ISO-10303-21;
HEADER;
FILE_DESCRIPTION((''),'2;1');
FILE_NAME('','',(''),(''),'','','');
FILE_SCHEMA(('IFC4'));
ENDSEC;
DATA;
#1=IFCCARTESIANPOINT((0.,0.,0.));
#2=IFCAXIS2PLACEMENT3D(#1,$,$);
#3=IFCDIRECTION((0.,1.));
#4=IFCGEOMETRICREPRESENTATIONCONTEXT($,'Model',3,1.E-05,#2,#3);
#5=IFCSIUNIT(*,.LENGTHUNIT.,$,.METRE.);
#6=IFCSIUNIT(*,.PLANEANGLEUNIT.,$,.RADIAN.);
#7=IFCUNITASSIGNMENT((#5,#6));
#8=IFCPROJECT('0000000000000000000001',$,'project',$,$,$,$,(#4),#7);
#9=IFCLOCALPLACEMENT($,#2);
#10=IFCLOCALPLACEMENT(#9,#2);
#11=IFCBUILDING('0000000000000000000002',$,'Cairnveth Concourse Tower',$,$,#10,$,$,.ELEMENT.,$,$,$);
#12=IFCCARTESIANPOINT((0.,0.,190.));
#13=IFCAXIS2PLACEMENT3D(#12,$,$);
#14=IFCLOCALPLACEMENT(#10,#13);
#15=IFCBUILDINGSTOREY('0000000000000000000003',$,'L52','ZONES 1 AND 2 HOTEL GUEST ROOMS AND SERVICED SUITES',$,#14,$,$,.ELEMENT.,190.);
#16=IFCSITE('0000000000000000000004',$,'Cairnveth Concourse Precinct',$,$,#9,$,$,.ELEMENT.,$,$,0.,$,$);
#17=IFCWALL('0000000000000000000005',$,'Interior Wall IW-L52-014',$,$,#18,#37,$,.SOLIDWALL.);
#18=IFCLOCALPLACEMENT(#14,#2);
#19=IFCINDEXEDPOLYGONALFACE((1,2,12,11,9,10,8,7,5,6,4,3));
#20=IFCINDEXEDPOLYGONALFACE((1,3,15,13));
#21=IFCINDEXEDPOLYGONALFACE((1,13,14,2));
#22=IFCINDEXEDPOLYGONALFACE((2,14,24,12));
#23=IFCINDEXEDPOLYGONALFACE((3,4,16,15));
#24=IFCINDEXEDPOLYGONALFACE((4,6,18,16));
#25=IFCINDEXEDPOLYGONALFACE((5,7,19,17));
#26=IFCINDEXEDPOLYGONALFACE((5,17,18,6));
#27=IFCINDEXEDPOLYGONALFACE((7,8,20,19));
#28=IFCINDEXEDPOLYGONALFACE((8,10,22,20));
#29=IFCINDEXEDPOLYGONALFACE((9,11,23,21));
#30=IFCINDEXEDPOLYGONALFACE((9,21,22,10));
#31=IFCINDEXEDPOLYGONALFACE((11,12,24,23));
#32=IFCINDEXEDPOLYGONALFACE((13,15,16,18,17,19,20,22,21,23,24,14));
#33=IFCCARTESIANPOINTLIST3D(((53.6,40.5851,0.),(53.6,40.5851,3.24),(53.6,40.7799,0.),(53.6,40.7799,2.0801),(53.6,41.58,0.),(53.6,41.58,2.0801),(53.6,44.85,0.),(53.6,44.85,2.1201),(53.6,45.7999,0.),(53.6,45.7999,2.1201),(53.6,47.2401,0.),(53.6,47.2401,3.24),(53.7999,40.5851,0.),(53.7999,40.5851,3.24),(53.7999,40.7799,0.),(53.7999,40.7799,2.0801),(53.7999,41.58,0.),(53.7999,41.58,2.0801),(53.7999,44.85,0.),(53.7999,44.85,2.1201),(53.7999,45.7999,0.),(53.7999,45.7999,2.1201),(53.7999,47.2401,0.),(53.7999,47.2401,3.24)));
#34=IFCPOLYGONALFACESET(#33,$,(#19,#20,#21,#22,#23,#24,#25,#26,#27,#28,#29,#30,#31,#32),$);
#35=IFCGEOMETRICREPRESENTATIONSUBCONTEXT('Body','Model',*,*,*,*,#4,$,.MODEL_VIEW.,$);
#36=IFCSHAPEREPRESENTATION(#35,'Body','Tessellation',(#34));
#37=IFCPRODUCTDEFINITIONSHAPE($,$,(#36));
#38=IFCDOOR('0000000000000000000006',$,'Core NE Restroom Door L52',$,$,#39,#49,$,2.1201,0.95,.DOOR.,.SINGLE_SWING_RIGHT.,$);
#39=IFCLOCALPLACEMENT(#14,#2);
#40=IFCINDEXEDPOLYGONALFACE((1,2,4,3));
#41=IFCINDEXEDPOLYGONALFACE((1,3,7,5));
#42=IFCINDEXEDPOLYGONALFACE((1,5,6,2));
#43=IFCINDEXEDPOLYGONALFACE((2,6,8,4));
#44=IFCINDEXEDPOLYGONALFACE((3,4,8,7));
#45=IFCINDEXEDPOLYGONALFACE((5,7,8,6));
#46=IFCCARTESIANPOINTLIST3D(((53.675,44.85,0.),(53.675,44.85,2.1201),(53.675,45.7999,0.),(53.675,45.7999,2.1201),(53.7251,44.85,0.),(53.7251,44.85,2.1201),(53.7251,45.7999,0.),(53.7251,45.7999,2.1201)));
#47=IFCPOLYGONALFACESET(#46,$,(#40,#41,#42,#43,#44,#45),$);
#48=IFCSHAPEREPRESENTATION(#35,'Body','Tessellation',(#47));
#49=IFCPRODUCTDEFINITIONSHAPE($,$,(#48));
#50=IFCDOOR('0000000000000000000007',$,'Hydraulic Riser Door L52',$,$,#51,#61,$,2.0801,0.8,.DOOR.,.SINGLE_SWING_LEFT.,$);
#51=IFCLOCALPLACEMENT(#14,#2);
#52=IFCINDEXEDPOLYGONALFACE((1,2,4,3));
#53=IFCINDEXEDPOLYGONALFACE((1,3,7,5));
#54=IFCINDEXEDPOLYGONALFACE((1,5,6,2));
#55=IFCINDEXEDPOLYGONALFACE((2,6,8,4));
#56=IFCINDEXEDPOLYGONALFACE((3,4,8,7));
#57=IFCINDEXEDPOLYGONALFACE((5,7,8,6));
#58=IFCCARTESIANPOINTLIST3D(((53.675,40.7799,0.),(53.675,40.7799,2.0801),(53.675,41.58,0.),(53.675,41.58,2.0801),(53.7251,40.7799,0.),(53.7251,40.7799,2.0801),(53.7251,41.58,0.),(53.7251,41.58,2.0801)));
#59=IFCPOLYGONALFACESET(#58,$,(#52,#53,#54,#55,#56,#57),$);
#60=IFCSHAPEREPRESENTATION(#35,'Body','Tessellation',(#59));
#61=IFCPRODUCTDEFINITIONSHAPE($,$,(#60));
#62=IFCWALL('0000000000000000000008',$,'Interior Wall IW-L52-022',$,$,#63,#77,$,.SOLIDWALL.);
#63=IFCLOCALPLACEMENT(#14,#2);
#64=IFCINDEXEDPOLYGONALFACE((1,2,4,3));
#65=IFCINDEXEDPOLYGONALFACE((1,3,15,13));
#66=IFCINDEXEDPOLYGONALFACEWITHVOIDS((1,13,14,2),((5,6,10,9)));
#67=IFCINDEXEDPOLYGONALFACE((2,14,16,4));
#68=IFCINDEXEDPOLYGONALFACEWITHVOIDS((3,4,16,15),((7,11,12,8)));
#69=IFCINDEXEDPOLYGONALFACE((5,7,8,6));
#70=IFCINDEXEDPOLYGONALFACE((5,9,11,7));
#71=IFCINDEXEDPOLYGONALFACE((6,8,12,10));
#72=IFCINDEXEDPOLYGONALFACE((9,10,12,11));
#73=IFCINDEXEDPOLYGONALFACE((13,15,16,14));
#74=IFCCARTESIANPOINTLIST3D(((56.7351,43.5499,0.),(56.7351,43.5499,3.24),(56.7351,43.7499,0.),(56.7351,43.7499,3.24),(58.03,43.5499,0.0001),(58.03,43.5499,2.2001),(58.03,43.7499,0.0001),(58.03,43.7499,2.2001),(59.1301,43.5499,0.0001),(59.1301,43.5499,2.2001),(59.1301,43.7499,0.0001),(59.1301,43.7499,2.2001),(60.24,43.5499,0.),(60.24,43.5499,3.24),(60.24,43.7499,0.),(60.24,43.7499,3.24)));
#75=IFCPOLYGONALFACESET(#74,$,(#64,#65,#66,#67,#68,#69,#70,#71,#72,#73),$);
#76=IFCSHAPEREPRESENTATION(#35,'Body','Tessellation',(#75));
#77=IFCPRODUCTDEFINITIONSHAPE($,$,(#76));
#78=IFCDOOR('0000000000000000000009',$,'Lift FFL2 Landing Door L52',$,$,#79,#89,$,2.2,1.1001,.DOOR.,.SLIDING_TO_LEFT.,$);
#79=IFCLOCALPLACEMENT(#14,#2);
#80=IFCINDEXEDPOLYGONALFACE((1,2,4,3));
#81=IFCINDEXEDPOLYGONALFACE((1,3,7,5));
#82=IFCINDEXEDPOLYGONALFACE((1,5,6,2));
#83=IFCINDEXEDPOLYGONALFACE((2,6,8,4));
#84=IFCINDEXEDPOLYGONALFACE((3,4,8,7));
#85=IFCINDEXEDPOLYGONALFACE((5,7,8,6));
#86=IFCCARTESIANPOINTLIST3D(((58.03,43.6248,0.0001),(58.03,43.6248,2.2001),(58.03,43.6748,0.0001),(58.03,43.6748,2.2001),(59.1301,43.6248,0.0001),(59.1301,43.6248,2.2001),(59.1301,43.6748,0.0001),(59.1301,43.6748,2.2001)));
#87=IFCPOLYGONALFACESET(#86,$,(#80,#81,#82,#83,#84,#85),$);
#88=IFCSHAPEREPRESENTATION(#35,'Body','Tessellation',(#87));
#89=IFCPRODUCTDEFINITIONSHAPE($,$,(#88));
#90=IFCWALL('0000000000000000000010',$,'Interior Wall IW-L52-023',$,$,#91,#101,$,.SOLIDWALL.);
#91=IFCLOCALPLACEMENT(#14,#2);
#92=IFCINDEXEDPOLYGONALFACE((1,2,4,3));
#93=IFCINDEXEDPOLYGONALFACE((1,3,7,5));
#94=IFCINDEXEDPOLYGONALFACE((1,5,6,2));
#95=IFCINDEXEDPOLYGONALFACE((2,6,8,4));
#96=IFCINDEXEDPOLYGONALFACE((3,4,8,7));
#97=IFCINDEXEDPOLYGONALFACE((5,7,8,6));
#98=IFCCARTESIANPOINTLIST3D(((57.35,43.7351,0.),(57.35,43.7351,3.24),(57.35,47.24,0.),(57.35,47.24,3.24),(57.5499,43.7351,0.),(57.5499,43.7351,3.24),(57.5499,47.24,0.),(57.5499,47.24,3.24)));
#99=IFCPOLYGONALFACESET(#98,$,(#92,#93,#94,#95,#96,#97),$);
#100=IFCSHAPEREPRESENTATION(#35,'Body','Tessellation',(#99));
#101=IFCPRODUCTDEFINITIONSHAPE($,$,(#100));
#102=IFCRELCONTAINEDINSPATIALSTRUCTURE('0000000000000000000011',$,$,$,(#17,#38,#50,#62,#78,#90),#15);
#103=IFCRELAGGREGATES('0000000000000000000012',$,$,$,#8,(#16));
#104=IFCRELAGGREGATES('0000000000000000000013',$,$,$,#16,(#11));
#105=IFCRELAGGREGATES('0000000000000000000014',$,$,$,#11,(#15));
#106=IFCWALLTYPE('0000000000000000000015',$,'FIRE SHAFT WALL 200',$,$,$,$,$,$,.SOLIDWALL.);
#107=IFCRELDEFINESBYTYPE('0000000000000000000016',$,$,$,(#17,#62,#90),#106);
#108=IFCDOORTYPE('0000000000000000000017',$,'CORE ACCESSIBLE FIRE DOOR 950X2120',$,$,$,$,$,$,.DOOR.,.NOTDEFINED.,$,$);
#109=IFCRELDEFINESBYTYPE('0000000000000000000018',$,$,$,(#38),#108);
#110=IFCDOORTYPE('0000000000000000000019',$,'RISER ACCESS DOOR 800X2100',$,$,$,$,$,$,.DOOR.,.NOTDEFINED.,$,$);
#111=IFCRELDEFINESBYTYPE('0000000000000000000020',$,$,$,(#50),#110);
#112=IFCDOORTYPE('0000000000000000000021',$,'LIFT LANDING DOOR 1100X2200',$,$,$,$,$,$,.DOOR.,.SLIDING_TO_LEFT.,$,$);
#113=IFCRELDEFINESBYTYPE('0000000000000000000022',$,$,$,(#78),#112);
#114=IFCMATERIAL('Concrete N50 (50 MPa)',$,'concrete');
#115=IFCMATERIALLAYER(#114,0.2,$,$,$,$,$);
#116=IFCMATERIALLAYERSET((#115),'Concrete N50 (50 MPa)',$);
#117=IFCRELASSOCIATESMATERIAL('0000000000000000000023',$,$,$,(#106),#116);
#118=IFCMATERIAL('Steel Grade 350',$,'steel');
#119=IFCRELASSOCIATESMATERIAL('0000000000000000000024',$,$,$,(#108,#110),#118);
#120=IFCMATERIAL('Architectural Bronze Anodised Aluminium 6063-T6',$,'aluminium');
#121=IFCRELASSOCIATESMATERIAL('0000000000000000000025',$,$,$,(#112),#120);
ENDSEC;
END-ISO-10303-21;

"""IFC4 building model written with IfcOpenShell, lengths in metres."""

from ifc_helpers import new_model, si_unit, direction, frame, frame_2d, origin, place, context, subcontext, project, spatial, rectangle, extrude, material, layer, layer_set, type_object, element, fill, save


model = new_model("IFC4")

# Units and contexts
model_context = context("Model", 3, precision=1e-05, world=origin(), true_north=direction((0.0, 1.0)))
body_context = subcontext(model_context, "Body", "Model", "MODEL_VIEW")
ifc_project = project(units=[si_unit("LENGTHUNIT", "METRE"), si_unit("PLANEANGLEUNIT", "RADIAN")], contexts=[model_context])

# Site, building, storey
site_placement = place(None, origin())
site = spatial("IfcSite", under=ifc_project, at=site_placement, Name="Cairnveth Concourse Precinct", CompositionType="ELEMENT", RefElevation=0.0)
building_placement = place(site_placement, origin())
building = spatial("IfcBuilding", under=site, at=building_placement, Name="Cairnveth Concourse Tower", CompositionType="ELEMENT")
storey_placement = place(building_placement, frame((0.0, 0.0, 190.0)))
storey = spatial("IfcBuildingStorey", under=building, at=storey_placement, Name="L52", Description="ZONES 1 AND 2 HOTEL GUEST ROOMS AND SERVICED SUITES", CompositionType="ELEMENT", Elevation=190.0)

# Shared definitions
ifc_material_1 = material(Name="Steel Grade 350", Category="steel")

# Shared definitions
ifc_material_2 = material(Name="Concrete N50 (50 MPa)", Category="concrete")

# Shared definitions
ifc_layer_1 = layer(ifc_material_2, 0.2)
ifc_layer_set_1 = layer_set([ifc_layer_1], Name="Concrete N50 (50 MPa)")
wall_type_1 = type_object("IfcWallType", Name="FIRE SHAFT WALL 200", PredefinedType="SOLIDWALL", material=ifc_layer_set_1)

# Wall, openings, doors
wall_1_placement = place(storey_placement, frame((53.7, 40.585, 0.0), z_axis=(0.0, 0.0, 1.0), x_axis=(0.0, 1.0, 0.0)))
wall_1 = element("IfcWall", 1, at=wall_1_placement, inside=storey, type_object=wall_type_1, Name="Interior Wall IW-L52-014", PredefinedType="SOLIDWALL", context=body_context, shape_type="SweptSolid", body=[
    extrude(rectangle(XDim=6.655, YDim=0.2, at=frame_2d((3.3276, 0.0))), origin(), (0.0, 0.0, 1.0), 3.24),
])
opening_1_placement = place(wall_1_placement, frame((0.1951, 0.0, 0.0)))
opening_1 = element("IfcOpeningElement", 2, at=opening_1_placement, cuts=wall_1, PredefinedType="OPENING", context=body_context, shape_type="SweptSolid", body=[
    extrude(rectangle(XDim=0.8, YDim=2.0801, at=frame_2d((0.3999, 1.04))), frame((0.0, 0.1099, 0.0), z_axis=(0.0, -1.0, 0.0), x_axis=(1.0, 0.0, 0.0)), (0.0, 0.0, 1.0), 0.22),
])
opening_2_placement = place(wall_1_placement, frame((4.2649, 0.0, 0.0)))
opening_2 = element("IfcOpeningElement", 3, at=opening_2_placement, cuts=wall_1, PredefinedType="OPENING", context=body_context, shape_type="SweptSolid", body=[
    extrude(rectangle(XDim=0.95, YDim=2.1201, at=frame_2d((0.4751, 1.0601))), frame((0.0, 0.1099, 0.0), z_axis=(0.0, -1.0, 0.0), x_axis=(1.0, 0.0, 0.0)), (0.0, 0.0, 1.0), 0.22),
])
door_type_1 = type_object("IfcDoorType", Name="CORE ACCESSIBLE FIRE DOOR 950X2120", OperationType="NOTDEFINED", PredefinedType="DOOR", material=ifc_material_1)
door_1_placement = place(opening_2_placement, origin())
door_1 = element("IfcDoor", 4, at=door_1_placement, inside=storey, type_object=door_type_1, Name="Core NE Restroom Door L52", OperationType="SINGLE_SWING_RIGHT", OverallHeight=2.1201, OverallWidth=0.95, PredefinedType="DOOR", context=body_context, shape_type="SweptSolid", body=[
    extrude(rectangle(XDim=0.95, YDim=2.1201, at=frame_2d((0.4751, 1.0601))), frame((0.0, 0.0249, 0.0), z_axis=(0.0, -1.0, 0.0), x_axis=(1.0, 0.0, 0.0)), (0.0, 0.0, 1.0), 0.05),
])
fill(opening_2, door_1)
door_type_2 = type_object("IfcDoorType", Name="RISER ACCESS DOOR 800X2100", OperationType="NOTDEFINED", PredefinedType="DOOR", material=ifc_material_1)
door_2_placement = place(opening_1_placement, origin())
door_2 = element("IfcDoor", 5, at=door_2_placement, inside=storey, type_object=door_type_2, Name="Hydraulic Riser Door L52", OperationType="SINGLE_SWING_LEFT", OverallHeight=2.0801, OverallWidth=0.8, PredefinedType="DOOR", context=body_context, shape_type="SweptSolid", body=[
    extrude(rectangle(XDim=0.8, YDim=2.0801, at=frame_2d((0.3999, 1.04))), frame((0.0, 0.0249, 0.0), z_axis=(0.0, -1.0, 0.0), x_axis=(1.0, 0.0, 0.0)), (0.0, 0.0, 1.0), 0.05),
])
fill(opening_1, door_2)

# Wall, opening, door
wall_2_placement = place(storey_placement, frame((56.7351, 43.6499, 0.0), z_axis=(0.0, 0.0, 1.0), x_axis=(1.0, 0.0, 0.0)))
wall_2 = element("IfcWall", 6, at=wall_2_placement, inside=storey, type_object=wall_type_1, Name="Interior Wall IW-L52-022", PredefinedType="SOLIDWALL", context=body_context, shape_type="SweptSolid", body=[
    extrude(rectangle(XDim=3.5049, YDim=0.2, at=frame_2d((1.7524, 0.0))), origin(), (0.0, 0.0, 1.0), 3.24),
])
opening_3_placement = place(wall_2_placement, frame((1.2949, 0.0, 0.0)))
opening_3 = element("IfcOpeningElement", 7, at=opening_3_placement, cuts=wall_2, PredefinedType="OPENING", context=body_context, shape_type="SweptSolid", body=[
    extrude(rectangle(XDim=1.1001, YDim=2.2, at=frame_2d((0.55, 1.1001))), frame((0.0, 0.1099, 0.0), z_axis=(0.0, -1.0, 0.0), x_axis=(1.0, 0.0, 0.0)), (0.0, 0.0, 1.0), 0.22),
])
ifc_material_3 = material(Name="Architectural Bronze Anodised Aluminium 6063-T6", Category="aluminium")
door_type_3 = type_object("IfcDoorType", Name="LIFT LANDING DOOR 1100X2200", OperationType="SLIDING_TO_LEFT", PredefinedType="DOOR", material=ifc_material_3)
door_3_placement = place(opening_3_placement, origin())
door_3 = element("IfcDoor", 8, at=door_3_placement, inside=storey, type_object=door_type_3, Name="Lift FFL2 Landing Door L52", OperationType="SLIDING_TO_LEFT", OverallHeight=2.2, OverallWidth=1.1001, PredefinedType="DOOR", context=body_context, shape_type="SweptSolid", body=[
    extrude(rectangle(XDim=1.1001, YDim=2.2, at=frame_2d((0.55, 1.1001))), frame((0.0, 0.0249, 0.0), z_axis=(0.0, -1.0, 0.0), x_axis=(1.0, 0.0, 0.0)), (0.0, 0.0, 1.0), 0.05),
])
fill(opening_3, door_3)

# Wall
wall_3_placement = place(storey_placement, frame((57.45, 43.7351, 0.0), z_axis=(0.0, 0.0, 1.0), x_axis=(0.0, 1.0, 0.0)))
element("IfcWall", 9, at=wall_3_placement, inside=storey, type_object=wall_type_1, Name="Interior Wall IW-L52-023", PredefinedType="SOLIDWALL", context=body_context, shape_type="SweptSolid", body=[
    extrude(rectangle(XDim=3.5049, YDim=0.2, at=frame_2d((1.7524, 0.0))), origin(), (0.0, 0.0, 1.0), 3.24),
])

save(model, "model.ifc")
